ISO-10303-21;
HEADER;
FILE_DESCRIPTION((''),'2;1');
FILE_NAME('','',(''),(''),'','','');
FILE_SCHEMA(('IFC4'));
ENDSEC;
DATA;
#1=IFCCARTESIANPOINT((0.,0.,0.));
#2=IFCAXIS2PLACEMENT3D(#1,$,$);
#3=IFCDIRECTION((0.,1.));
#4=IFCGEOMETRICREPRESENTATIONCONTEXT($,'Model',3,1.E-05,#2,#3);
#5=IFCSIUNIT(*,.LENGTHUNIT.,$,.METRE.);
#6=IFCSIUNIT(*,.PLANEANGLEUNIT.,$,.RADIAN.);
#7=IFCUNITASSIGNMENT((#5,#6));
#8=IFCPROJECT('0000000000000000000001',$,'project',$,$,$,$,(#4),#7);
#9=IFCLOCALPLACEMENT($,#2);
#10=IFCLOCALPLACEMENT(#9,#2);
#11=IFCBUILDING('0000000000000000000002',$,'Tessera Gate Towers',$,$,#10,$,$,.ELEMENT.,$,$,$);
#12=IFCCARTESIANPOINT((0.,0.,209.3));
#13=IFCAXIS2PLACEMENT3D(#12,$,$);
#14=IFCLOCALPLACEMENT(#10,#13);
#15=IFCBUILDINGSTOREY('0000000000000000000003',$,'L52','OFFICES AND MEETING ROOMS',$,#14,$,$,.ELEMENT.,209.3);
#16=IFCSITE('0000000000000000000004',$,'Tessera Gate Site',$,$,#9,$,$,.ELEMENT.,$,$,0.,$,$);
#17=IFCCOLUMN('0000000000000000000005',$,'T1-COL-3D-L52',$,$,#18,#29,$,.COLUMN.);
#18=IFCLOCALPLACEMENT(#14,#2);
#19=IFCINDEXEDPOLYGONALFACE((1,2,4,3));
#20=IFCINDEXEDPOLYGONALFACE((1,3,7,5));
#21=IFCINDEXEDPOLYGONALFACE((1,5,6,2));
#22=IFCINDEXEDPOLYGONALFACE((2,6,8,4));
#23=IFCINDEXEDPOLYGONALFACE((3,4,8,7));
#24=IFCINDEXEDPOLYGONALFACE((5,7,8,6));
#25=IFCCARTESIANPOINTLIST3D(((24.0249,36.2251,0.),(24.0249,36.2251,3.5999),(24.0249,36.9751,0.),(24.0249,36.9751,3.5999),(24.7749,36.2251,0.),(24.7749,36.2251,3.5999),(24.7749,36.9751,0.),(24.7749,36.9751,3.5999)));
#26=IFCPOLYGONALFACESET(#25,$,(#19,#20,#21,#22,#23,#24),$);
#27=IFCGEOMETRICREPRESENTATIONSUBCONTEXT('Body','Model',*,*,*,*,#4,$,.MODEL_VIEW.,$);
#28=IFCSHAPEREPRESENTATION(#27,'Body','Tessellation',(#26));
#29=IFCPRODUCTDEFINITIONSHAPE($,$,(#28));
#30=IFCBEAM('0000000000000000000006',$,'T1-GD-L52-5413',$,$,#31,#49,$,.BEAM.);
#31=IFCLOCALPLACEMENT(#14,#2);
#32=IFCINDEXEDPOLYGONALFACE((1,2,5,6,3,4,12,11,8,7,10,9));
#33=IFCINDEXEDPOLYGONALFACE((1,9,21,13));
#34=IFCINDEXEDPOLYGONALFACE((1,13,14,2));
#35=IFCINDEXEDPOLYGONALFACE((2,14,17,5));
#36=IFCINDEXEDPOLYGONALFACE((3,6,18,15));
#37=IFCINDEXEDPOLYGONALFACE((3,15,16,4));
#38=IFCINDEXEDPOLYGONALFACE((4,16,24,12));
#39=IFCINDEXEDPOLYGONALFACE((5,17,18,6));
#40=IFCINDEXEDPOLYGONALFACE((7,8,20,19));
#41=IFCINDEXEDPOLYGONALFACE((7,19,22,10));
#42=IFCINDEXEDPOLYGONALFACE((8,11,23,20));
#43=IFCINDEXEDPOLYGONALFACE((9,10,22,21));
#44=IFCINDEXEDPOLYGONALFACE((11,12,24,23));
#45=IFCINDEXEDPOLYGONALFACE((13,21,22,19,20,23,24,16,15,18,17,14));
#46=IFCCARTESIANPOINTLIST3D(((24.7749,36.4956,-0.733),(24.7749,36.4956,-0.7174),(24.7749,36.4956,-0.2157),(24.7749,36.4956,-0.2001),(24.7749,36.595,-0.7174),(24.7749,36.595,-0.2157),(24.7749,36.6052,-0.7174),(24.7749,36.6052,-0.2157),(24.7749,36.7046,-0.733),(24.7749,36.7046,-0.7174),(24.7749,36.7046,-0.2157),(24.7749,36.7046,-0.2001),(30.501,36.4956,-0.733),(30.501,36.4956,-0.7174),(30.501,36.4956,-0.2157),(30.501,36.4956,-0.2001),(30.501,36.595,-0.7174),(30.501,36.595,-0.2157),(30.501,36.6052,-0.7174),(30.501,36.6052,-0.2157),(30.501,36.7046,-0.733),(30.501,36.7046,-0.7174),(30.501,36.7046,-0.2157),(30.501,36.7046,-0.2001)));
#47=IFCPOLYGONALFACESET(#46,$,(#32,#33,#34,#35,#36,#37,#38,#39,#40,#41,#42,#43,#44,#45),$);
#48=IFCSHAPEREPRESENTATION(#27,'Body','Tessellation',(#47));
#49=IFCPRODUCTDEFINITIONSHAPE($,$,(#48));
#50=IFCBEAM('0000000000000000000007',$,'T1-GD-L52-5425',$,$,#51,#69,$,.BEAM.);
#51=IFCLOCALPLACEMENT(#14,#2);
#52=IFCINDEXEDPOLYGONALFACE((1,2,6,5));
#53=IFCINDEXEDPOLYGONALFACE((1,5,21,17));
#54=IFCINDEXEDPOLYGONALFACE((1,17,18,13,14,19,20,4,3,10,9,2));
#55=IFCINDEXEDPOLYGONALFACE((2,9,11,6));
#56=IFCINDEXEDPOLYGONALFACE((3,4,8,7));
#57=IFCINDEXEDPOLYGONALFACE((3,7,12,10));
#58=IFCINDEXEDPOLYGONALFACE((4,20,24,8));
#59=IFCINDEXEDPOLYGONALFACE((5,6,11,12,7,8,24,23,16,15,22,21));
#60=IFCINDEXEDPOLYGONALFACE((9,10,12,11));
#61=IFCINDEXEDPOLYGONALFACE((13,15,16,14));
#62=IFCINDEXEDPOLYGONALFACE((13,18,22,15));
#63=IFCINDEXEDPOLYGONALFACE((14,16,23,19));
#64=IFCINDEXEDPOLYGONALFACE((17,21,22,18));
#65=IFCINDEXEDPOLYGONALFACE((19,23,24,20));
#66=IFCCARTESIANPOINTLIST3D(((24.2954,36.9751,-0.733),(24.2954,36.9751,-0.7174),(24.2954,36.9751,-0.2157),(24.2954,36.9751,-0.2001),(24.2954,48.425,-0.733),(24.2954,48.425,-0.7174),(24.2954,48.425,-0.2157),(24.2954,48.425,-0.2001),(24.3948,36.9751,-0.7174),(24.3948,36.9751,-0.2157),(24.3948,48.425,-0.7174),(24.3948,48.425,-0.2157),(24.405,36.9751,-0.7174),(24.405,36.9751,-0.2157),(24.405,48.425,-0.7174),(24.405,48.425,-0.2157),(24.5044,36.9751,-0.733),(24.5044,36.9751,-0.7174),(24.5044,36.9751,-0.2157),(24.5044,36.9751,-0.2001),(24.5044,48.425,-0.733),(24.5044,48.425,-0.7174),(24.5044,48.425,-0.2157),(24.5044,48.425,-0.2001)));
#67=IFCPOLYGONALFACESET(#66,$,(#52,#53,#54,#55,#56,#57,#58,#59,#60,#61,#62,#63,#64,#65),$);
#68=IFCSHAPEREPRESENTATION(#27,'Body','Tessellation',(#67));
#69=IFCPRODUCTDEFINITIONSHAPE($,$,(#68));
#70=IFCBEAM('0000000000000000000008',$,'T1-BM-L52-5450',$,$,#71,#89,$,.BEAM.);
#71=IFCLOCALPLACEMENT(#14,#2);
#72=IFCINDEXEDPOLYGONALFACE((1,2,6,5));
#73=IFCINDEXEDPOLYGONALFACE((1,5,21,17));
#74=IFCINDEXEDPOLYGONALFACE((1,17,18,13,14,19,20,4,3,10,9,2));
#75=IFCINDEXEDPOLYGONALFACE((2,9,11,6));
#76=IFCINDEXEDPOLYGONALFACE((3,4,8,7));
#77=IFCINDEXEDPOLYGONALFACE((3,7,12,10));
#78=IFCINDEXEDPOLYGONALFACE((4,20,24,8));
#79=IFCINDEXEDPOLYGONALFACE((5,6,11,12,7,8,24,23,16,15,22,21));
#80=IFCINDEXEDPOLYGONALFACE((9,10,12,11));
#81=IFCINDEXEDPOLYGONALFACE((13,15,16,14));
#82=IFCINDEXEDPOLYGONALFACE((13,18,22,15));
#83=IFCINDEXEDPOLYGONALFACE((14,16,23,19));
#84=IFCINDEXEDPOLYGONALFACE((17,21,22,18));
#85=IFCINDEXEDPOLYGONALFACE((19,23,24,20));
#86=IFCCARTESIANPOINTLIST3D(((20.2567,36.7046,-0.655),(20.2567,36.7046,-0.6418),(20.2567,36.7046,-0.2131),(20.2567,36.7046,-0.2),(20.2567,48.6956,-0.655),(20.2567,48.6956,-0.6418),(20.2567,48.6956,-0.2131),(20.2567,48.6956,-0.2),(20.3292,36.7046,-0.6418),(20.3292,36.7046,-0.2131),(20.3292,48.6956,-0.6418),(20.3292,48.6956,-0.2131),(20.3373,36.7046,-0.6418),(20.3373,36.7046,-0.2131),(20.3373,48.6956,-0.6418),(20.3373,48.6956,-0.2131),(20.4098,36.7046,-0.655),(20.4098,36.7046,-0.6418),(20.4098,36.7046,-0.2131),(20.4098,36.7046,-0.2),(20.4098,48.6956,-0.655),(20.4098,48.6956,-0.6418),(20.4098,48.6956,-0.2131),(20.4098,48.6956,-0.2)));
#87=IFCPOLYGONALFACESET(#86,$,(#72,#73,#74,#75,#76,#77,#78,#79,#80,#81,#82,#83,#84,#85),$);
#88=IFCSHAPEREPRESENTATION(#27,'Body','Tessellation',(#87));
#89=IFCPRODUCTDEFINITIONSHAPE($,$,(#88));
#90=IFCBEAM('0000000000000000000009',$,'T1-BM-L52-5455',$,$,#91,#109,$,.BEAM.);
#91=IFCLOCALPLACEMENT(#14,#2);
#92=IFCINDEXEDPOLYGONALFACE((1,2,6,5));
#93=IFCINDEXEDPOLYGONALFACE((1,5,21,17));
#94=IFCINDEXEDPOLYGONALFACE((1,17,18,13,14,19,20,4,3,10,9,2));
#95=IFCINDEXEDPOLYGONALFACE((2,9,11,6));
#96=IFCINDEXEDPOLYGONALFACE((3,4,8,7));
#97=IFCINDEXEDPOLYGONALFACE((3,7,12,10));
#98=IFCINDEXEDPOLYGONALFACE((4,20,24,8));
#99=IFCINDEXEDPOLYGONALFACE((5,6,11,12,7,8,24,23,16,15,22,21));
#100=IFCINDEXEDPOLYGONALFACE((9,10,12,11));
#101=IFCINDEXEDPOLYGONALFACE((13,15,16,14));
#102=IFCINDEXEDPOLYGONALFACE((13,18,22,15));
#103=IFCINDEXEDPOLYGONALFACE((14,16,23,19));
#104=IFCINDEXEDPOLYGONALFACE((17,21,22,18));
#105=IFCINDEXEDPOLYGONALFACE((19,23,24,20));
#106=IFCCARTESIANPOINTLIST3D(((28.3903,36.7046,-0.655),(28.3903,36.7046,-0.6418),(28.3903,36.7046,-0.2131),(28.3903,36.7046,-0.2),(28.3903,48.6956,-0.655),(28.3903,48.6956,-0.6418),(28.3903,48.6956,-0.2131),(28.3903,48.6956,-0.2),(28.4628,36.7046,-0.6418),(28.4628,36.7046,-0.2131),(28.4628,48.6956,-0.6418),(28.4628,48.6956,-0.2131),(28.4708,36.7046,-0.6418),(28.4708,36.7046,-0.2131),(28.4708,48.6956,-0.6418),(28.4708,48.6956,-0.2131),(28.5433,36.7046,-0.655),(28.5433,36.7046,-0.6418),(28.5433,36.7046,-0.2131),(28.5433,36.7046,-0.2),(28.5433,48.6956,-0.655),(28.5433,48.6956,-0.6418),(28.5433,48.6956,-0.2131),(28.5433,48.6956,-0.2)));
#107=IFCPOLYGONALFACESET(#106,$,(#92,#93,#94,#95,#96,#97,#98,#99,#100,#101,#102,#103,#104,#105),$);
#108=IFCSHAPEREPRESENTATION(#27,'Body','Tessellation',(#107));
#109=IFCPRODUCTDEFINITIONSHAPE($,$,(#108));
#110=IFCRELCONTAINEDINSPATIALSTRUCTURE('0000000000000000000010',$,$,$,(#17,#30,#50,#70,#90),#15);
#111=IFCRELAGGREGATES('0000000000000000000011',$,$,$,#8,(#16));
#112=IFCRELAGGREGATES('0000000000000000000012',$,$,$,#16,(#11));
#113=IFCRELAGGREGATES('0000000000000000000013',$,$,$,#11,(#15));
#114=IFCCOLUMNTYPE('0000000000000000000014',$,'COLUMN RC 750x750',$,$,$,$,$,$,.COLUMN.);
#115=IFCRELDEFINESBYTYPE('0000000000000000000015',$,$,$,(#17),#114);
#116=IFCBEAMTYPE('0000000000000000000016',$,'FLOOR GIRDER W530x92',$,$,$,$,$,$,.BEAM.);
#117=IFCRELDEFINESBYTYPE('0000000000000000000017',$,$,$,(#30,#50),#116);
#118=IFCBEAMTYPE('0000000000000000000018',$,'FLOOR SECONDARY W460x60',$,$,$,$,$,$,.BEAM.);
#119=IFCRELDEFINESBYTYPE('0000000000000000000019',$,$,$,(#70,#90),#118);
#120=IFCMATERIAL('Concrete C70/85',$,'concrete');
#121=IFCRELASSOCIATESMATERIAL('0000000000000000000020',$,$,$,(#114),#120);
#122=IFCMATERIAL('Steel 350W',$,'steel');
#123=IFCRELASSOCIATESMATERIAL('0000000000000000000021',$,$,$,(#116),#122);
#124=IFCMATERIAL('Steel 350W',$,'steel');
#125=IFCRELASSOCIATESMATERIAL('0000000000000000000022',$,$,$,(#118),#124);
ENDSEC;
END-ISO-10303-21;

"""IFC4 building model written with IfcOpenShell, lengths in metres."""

from ifc_helpers import new_model, si_unit, direction, frame, origin, origin_2d, place, context, subcontext, project, spatial, rectangle, i_section, extrude, material, material_profile, profile_set, type_object, element, save


model = new_model("IFC4")

# Units and contexts
model_context = context("Model", 3, precision=1e-05, world=origin(), true_north=direction((0.0, 1.0)))
body_context = subcontext(model_context, "Body", "Model", "MODEL_VIEW")
ifc_project = project(units=[si_unit("LENGTHUNIT", "METRE"), si_unit("PLANEANGLEUNIT", "RADIAN")], contexts=[model_context])

# Site, building, storey
site_placement = place(None, origin())
site = spatial("IfcSite", under=ifc_project, at=site_placement, Name="Tessera Gate Site", CompositionType="ELEMENT", RefElevation=0.0)
building_placement = place(site_placement, origin())
building = spatial("IfcBuilding", under=site, at=building_placement, Name="Tessera Gate Towers", CompositionType="ELEMENT")
storey_placement = place(building_placement, frame((0.0, 0.0, 209.3)))
storey = spatial("IfcBuildingStorey", under=building, at=storey_placement, Name="L52", Description="OFFICES AND MEETING ROOMS", CompositionType="ELEMENT", Elevation=209.3)

# Column
ifc_material_1 = material(Name="Concrete C70/85", Category="concrete")
ifc_material_profile_1 = material_profile(ifc_material_1, rectangle(XDim=0.75, YDim=0.75, at=origin_2d()), Name="RC 750x750")
ifc_profile_set_1 = profile_set([ifc_material_profile_1], Name="Concrete C70/85")
column_type = type_object("IfcColumnType", Name="COLUMN RC 750x750", PredefinedType="COLUMN", material=ifc_profile_set_1)
column_placement = place(storey_placement, frame((24.3999, 36.6001, 0.0), z_axis=(0.0, 0.0, 1.0), x_axis=(1.0, 0.0, 0.0)))
element("IfcColumn", 1, at=column_placement, inside=storey, type_object=column_type, Name="T1-COL-3D-L52", PredefinedType="COLUMN", context=body_context, shape_type="SweptSolid", body=[
    extrude(rectangle(XDim=0.75, YDim=0.75, at=origin_2d()), origin(), (0.0, 0.0, 1.0), 3.5999),
])

# Beams
ifc_material_2 = material(Name="Steel 350W", Category="steel")
ifc_material_profile_2 = material_profile(ifc_material_2, i_section(OverallWidth=0.209, OverallDepth=0.533, WebThickness=0.0103, FlangeThickness=0.0156, at=origin_2d()), Name="W530x92")
ifc_profile_set_2 = profile_set([ifc_material_profile_2], Name="Steel 350W")
beam_type_1 = type_object("IfcBeamType", Name="FLOOR GIRDER W530x92", PredefinedType="BEAM", material=ifc_profile_set_2)
beam_1_placement = place(storey_placement, frame((24.7749, 36.6001, -0.4666), z_axis=(1.0, 0.0, 0.0), x_axis=(0.0, 1.0, 0.0)))
element("IfcBeam", 2, at=beam_1_placement, inside=storey, type_object=beam_type_1, Name="T1-GD-L52-5413", PredefinedType="BEAM", context=body_context, shape_type="SweptSolid", body=[
    extrude(i_section(OverallWidth=0.209, OverallDepth=0.533, WebThickness=0.0103, FlangeThickness=0.0156, at=origin_2d()), origin(), (0.0, 0.0, 1.0), 5.7261),
])
beam_2_placement = place(storey_placement, frame((24.3999, 36.9751, -0.4666), z_axis=(0.0, 1.0, 0.0), x_axis=(-1.0, 0.0, 0.0)))
element("IfcBeam", 3, at=beam_2_placement, inside=storey, type_object=beam_type_1, Name="T1-GD-L52-5425", PredefinedType="BEAM", context=body_context, shape_type="SweptSolid", body=[
    extrude(i_section(OverallWidth=0.209, OverallDepth=0.533, WebThickness=0.0103, FlangeThickness=0.0156, at=origin_2d()), origin(), (0.0, 0.0, 1.0), 11.45),
])
ifc_material_3 = material(Name="Steel 350W", Category="steel")
ifc_material_profile_3 = material_profile(ifc_material_3, i_section(OverallWidth=0.1531, OverallDepth=0.4551, WebThickness=0.0081, FlangeThickness=0.0132, at=origin_2d()), Name="W460x60")
ifc_profile_set_3 = profile_set([ifc_material_profile_3], Name="Steel 350W")
beam_type_2 = type_object("IfcBeamType", Name="FLOOR SECONDARY W460x60", PredefinedType="BEAM", material=ifc_profile_set_3)
for number, where, z_axis, x_axis, name in (
    (4, (20.3333, 36.7046, -0.4275), (0.0, 1.0, 0.0), (-1.0, 0.0, 0.0), "T1-BM-L52-5450"),
    (5, (28.4668, 36.7046, -0.4275), (0.0, 1.0, 0.0), (-1.0, 0.0, 0.0), "T1-BM-L52-5455"),
):
    element("IfcBeam", number, at=place(storey_placement, frame(where, z_axis=z_axis, x_axis=x_axis)), inside=storey, type_object=beam_type_2, Name=name, PredefinedType="BEAM", context=body_context, shape_type="SweptSolid", body=[
        extrude(i_section(OverallWidth=0.1531, OverallDepth=0.4551, WebThickness=0.0081, FlangeThickness=0.0132, at=origin_2d()), origin(), (0.0, 0.0, 1.0), 11.991),
    ])

save(model, "model.ifc")
